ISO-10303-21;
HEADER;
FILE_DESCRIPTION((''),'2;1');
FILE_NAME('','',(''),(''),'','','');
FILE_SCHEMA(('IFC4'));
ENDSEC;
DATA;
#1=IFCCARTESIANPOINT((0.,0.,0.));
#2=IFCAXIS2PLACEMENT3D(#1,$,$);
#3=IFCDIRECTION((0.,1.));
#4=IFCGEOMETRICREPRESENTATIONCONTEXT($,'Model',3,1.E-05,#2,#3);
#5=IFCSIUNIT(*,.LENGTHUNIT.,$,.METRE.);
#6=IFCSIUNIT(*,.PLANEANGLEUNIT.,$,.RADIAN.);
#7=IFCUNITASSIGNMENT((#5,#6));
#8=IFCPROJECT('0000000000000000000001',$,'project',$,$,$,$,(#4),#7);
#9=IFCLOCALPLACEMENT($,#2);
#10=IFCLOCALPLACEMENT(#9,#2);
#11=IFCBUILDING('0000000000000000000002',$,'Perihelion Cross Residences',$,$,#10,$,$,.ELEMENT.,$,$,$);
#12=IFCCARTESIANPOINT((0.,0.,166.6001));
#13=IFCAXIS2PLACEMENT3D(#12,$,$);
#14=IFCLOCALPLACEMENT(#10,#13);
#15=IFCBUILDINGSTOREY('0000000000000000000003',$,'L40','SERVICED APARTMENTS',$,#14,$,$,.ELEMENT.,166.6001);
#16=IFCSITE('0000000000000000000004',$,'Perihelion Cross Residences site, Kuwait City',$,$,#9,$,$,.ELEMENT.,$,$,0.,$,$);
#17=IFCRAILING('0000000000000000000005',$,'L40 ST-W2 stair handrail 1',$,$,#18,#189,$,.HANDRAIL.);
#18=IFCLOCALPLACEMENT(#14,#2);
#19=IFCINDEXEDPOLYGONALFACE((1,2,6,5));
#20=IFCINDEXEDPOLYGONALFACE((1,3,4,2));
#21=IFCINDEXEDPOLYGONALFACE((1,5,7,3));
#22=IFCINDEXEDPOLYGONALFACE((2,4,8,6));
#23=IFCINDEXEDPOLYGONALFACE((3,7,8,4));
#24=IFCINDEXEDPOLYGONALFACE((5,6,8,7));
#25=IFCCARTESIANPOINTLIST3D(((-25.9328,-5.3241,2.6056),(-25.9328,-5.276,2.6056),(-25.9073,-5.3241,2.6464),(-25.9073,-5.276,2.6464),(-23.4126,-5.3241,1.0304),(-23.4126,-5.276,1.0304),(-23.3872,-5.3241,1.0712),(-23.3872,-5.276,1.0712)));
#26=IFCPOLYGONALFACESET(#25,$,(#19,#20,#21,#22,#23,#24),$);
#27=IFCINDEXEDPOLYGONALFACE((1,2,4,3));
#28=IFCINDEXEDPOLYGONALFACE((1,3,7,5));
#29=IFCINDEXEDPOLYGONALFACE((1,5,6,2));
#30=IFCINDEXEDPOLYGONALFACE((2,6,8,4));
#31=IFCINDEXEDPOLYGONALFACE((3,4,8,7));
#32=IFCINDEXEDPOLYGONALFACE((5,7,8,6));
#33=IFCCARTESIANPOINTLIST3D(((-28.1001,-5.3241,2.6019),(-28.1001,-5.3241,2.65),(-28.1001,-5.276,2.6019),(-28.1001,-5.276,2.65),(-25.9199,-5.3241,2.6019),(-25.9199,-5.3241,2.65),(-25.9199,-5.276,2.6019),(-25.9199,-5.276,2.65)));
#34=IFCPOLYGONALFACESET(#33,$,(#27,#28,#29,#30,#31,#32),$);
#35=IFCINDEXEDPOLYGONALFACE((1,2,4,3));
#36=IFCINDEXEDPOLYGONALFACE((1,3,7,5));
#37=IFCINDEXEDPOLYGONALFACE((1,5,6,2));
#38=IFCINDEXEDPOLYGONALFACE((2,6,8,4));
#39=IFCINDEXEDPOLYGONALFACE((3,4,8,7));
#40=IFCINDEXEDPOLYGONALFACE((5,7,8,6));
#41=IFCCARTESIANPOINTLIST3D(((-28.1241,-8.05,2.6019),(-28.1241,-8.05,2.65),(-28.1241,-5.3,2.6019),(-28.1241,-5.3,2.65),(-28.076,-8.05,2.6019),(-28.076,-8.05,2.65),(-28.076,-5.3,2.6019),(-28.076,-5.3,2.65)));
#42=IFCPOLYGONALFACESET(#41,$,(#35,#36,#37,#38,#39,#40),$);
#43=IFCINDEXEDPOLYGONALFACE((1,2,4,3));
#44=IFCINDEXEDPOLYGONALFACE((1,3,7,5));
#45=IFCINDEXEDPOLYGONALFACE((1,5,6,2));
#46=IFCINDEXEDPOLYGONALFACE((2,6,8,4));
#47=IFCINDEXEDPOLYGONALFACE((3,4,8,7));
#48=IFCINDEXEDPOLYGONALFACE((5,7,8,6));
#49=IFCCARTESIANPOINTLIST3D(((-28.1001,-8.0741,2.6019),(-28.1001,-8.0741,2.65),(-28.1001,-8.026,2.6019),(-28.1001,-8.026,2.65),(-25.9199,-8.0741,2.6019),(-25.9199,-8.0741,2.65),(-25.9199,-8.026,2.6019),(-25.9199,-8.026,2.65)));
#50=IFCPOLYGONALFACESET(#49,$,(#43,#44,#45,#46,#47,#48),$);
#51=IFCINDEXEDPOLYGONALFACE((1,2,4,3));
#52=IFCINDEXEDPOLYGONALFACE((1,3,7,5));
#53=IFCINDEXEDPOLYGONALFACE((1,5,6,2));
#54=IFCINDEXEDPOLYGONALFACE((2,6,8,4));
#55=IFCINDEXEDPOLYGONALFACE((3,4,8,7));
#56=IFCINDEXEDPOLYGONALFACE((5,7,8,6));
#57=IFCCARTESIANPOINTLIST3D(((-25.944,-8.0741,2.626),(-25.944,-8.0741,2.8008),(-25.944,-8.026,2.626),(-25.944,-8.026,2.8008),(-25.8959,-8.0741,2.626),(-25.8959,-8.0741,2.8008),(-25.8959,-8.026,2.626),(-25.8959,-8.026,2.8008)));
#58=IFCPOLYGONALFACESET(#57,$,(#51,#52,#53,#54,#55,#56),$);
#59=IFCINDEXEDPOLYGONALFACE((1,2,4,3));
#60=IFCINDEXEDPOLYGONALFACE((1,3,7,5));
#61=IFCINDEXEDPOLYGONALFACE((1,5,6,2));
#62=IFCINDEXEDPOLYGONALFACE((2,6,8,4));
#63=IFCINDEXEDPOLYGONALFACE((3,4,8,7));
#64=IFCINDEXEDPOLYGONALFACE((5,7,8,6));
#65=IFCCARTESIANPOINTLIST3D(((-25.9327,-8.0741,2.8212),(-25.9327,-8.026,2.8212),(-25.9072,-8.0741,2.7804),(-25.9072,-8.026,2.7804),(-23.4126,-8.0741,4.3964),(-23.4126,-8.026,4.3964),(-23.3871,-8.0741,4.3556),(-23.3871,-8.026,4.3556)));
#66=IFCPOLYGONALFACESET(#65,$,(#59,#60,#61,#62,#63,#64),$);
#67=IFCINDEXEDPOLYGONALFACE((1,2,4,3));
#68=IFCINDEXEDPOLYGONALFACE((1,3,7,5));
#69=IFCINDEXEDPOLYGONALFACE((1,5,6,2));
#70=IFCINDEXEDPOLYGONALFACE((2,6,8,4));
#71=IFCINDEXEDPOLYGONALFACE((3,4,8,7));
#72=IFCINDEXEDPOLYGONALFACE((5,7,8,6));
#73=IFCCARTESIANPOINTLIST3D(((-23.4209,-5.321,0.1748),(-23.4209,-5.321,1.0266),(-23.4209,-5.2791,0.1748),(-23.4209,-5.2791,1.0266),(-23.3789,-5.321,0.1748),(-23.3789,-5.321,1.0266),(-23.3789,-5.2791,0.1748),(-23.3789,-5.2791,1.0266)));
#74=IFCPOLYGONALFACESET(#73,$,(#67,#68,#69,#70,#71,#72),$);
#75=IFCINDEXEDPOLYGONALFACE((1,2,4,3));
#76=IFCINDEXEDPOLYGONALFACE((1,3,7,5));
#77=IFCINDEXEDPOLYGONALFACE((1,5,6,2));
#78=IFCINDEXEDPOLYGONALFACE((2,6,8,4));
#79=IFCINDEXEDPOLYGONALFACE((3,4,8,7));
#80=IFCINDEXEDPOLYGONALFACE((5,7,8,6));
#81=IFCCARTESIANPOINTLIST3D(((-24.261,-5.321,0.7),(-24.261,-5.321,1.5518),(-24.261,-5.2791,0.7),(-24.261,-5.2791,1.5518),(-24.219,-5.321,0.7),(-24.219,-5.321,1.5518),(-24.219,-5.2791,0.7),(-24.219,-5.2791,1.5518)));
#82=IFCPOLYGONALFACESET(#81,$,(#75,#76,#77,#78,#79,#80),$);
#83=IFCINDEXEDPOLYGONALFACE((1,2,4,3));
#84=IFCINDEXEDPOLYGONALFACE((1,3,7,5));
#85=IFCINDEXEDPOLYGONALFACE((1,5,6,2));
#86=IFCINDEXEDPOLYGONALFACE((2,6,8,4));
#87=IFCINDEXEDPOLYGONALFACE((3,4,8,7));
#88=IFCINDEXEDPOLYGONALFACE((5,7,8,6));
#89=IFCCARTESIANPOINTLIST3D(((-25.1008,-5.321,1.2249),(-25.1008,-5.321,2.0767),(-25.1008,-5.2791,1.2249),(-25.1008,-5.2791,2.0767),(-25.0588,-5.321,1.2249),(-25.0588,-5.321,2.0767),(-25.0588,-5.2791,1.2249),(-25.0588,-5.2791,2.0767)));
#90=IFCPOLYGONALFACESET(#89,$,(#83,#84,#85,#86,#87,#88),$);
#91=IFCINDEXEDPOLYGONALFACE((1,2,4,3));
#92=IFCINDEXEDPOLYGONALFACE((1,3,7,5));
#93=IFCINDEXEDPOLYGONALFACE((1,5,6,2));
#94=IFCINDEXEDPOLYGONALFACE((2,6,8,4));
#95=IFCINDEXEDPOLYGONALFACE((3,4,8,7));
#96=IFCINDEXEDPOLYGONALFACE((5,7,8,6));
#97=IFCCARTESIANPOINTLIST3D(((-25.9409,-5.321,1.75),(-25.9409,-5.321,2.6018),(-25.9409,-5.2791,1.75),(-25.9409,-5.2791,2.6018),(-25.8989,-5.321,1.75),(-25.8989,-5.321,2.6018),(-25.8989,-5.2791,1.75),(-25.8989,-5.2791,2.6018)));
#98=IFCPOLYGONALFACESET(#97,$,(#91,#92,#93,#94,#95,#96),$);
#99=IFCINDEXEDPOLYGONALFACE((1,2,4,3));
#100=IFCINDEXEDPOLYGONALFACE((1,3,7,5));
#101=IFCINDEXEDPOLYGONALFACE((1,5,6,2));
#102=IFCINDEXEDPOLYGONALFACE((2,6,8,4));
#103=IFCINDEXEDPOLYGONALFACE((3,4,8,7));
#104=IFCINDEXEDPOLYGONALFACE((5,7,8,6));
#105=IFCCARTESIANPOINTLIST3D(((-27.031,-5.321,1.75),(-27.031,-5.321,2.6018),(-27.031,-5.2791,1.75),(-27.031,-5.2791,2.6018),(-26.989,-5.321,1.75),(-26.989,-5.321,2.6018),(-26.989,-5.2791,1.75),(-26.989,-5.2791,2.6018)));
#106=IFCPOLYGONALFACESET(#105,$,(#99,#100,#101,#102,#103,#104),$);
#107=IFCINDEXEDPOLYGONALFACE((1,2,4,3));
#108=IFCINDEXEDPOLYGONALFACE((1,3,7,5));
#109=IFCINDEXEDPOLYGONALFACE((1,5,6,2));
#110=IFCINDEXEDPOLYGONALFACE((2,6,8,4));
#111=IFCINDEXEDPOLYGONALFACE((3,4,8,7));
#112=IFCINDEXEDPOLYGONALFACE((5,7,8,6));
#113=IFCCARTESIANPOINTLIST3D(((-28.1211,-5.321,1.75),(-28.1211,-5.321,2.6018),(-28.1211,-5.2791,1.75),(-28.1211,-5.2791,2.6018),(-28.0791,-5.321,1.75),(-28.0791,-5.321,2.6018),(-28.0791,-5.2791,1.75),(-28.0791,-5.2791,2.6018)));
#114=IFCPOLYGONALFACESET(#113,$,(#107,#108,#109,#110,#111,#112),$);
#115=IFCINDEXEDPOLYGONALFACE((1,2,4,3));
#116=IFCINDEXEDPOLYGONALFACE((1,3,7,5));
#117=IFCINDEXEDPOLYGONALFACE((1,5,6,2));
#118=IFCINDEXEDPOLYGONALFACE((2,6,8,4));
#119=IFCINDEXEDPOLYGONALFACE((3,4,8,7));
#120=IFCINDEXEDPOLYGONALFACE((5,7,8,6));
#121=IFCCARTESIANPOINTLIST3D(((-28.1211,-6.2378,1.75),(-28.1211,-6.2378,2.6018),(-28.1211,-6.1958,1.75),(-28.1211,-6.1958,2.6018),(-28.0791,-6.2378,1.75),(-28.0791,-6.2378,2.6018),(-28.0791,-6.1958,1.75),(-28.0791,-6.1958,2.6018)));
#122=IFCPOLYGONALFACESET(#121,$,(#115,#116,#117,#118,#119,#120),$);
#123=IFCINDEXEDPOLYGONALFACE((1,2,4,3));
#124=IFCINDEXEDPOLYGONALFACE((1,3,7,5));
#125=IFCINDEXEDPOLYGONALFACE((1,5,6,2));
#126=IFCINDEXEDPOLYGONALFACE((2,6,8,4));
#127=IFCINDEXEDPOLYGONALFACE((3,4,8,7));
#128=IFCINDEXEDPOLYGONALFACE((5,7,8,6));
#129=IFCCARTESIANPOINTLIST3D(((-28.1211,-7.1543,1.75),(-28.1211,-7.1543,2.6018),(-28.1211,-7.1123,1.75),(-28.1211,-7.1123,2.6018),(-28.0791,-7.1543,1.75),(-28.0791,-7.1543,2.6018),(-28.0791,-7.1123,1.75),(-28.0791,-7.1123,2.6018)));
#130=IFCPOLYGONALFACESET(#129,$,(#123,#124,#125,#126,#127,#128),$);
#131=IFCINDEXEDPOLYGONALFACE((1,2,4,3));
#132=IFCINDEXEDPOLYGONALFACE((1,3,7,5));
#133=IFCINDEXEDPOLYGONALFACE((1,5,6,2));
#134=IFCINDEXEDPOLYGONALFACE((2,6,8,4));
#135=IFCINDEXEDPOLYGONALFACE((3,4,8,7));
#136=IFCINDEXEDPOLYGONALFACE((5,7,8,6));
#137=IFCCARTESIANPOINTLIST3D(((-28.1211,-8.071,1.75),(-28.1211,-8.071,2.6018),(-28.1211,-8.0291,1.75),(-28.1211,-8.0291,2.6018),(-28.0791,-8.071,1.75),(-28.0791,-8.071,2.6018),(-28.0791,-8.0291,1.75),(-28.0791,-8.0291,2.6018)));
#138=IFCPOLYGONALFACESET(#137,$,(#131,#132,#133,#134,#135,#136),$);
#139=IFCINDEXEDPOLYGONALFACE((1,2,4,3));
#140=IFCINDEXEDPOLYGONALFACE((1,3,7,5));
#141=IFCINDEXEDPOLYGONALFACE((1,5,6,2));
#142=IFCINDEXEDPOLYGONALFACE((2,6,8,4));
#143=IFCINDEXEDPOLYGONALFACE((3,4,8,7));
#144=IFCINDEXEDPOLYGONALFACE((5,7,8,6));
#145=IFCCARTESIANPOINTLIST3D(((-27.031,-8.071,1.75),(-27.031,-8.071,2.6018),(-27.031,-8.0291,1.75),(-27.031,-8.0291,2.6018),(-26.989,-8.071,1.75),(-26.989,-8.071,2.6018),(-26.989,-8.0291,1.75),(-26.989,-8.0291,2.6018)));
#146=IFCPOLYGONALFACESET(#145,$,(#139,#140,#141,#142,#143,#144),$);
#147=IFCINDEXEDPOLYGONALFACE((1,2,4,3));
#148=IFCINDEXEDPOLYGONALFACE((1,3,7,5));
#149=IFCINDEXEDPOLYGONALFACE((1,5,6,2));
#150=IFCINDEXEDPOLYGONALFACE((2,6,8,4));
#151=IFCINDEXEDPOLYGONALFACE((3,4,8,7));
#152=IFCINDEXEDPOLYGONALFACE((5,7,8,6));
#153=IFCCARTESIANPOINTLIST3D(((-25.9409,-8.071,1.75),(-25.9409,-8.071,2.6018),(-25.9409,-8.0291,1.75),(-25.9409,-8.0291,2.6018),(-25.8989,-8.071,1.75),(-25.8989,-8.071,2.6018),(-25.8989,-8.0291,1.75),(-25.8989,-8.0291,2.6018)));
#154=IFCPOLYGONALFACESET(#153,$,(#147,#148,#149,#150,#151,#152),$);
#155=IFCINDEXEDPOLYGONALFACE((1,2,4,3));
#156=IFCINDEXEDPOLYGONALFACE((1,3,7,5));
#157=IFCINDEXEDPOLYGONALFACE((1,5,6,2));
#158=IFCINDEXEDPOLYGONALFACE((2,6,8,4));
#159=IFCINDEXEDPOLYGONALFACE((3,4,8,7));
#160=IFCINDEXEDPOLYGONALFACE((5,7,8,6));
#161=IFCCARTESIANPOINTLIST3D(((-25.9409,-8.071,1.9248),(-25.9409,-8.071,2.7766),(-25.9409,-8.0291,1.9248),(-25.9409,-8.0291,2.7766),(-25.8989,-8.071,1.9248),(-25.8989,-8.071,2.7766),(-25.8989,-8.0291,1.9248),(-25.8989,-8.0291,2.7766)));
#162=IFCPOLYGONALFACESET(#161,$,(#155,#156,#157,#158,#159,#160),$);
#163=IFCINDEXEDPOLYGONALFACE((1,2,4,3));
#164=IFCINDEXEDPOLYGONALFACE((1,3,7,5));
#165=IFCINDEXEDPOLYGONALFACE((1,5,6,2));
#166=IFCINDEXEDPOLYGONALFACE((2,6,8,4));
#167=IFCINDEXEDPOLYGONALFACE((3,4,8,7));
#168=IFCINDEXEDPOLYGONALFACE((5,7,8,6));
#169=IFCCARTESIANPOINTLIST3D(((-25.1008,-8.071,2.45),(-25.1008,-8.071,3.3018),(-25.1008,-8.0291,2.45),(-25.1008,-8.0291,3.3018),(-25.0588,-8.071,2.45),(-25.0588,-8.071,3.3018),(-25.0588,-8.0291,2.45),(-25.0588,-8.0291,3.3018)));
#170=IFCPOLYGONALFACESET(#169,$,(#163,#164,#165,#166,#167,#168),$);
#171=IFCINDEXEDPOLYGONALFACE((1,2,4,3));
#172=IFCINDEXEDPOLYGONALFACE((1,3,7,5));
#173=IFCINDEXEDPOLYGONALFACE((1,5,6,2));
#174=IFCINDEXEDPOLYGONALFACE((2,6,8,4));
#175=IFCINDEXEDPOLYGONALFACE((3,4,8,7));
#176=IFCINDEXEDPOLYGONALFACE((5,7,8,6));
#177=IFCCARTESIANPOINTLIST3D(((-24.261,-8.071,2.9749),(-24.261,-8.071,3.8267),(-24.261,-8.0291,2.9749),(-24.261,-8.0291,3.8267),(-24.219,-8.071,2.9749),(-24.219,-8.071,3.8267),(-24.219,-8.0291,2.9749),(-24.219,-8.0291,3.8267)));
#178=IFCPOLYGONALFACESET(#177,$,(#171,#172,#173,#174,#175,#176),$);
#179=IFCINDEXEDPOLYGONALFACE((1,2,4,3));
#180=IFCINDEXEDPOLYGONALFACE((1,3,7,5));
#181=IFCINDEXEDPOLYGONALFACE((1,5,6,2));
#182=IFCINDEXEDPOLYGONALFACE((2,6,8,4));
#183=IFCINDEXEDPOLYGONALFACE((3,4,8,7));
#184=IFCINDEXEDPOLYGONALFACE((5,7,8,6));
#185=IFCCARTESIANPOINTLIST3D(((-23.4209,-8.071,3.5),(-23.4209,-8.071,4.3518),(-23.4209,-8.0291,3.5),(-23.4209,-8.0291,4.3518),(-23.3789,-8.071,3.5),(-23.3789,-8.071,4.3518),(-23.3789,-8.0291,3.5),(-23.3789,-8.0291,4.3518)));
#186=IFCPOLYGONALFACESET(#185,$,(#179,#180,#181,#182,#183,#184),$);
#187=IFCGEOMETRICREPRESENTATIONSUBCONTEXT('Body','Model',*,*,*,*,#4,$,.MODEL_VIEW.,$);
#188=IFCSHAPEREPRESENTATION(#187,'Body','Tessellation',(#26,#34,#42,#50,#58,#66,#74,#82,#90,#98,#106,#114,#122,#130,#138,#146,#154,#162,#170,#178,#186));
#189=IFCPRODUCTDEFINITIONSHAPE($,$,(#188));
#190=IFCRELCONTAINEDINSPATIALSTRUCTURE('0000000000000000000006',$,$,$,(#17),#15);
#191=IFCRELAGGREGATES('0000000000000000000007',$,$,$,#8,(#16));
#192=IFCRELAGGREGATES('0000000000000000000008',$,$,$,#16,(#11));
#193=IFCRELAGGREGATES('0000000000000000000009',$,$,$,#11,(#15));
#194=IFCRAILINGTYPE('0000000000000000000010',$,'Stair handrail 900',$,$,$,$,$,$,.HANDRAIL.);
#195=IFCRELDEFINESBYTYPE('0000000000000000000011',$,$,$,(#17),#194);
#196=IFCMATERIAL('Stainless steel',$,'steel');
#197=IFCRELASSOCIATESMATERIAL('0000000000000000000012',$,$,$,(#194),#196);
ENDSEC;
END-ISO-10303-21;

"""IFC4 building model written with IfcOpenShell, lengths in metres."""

from ifc_helpers import new_model, si_unit, direction, frame, origin, origin_2d, place, context, subcontext, project, spatial, rectangle, extrude, material, type_object, element, save


model = new_model("IFC4")

# Units and contexts
model_context = context("Model", 3, precision=1e-05, world=origin(), true_north=direction((0.0, 1.0)))
body_context = subcontext(model_context, "Body", "Model", "MODEL_VIEW")
ifc_project = project(units=[si_unit("LENGTHUNIT", "METRE"), si_unit("PLANEANGLEUNIT", "RADIAN")], contexts=[model_context])

# Site, building, storey
site_placement = place(None, origin())
site = spatial("IfcSite", under=ifc_project, at=site_placement, Name="Perihelion Cross Residences site, Kuwait City", CompositionType="ELEMENT", RefElevation=0.0)
building_placement = place(site_placement, origin())
building = spatial("IfcBuilding", under=site, at=building_placement, Name="Perihelion Cross Residences", CompositionType="ELEMENT")
storey_placement = place(building_placement, frame((0.0, 0.0, 166.6001)))
storey = spatial("IfcBuildingStorey", under=building, at=storey_placement, Name="L40", Description="SERVICED APARTMENTS", CompositionType="ELEMENT", Elevation=166.6001)

# Railing
ifc_material_1 = material(Name="Stainless steel", Category="steel")
railing_type_1 = type_object("IfcRailingType", Name="Stair handrail 900", PredefinedType="HANDRAIL", material=ifc_material_1)
railing_1_placement = place(storey_placement, frame((-23.3999, -5.3, 0.1748)))
element("IfcRailing", 1, at=railing_1_placement, inside=storey, type_object=railing_type_1, Name="L40 ST-W2 stair handrail 1", PredefinedType="HANDRAIL", context=body_context, shape_type="SweptSolid", body=[
    extrude(rectangle(XDim=0.0481, YDim=0.0481, at=origin_2d()), frame((0.0, 0.0, 0.876), z_axis=(-0.847971, 0.0, 0.530043), x_axis=(0.0, -1.0, 0.0)), (0.0, 0.0, 1.0), 2.9719),
    extrude(rectangle(XDim=0.0481, YDim=0.0481, at=origin_2d()), frame((-2.52, 0.0, 2.4512), z_axis=(-1.0, 0.0, 0.0), x_axis=(0.0, -1.0, 0.0)), (0.0, 0.0, 1.0), 2.1802),
    extrude(rectangle(XDim=0.0481, YDim=0.0481, at=origin_2d()), frame((-4.7002, 0.0, 2.4512), z_axis=(0.0, -1.0, 0.0), x_axis=(1.0, 0.0, 0.0)), (0.0, 0.0, 1.0), 2.75),
    extrude(rectangle(XDim=0.0481, YDim=0.0481, at=origin_2d()), frame((-4.7002, -2.75, 2.4512), z_axis=(1.0, 0.0, 0.0), x_axis=(0.0, 1.0, 0.0)), (0.0, 0.0, 1.0), 2.1802),
    extrude(rectangle(XDim=0.0481, YDim=0.0481, at=origin_2d()), frame((-2.52, -2.75, 2.4512), z_axis=(0.0, 0.0, 1.0), x_axis=(1.0, 0.0, 0.0)), (0.0, 0.0, 1.0), 0.1748),
    extrude(rectangle(XDim=0.0481, YDim=0.0481, at=origin_2d()), frame((-2.52, -2.75, 2.626), z_axis=(0.847971, 0.0, 0.530043), x_axis=(0.0, 1.0, 0.0)), (0.0, 0.0, 1.0), 2.9719),
    extrude(rectangle(XDim=0.042, YDim=0.042, at=origin_2d()), origin(), (0.0, 0.0, 1.0), 0.8518),
    extrude(rectangle(XDim=0.042, YDim=0.042, at=origin_2d()), frame((-0.8401, 0.0, 0.5251)), (0.0, 0.0, 1.0), 0.8518),
    extrude(rectangle(XDim=0.042, YDim=0.042, at=origin_2d()), frame((-1.6799, 0.0, 1.05)), (0.0, 0.0, 1.0), 0.8518),
    extrude(rectangle(XDim=0.042, YDim=0.042, at=origin_2d()), frame((-2.52, 0.0, 1.5752)), (0.0, 0.0, 1.0), 0.8518),
    extrude(rectangle(XDim=0.042, YDim=0.042, at=origin_2d()), frame((-3.6101, 0.0, 1.5752)), (0.0, 0.0, 1.0), 0.8518),
    extrude(rectangle(XDim=0.042, YDim=0.042, at=origin_2d()), frame((-4.7002, 0.0, 1.5752)), (0.0, 0.0, 1.0), 0.8518),
    extrude(rectangle(XDim=0.042, YDim=0.042, at=origin_2d()), frame((-4.7002, -0.9167, 1.5752)), (0.0, 0.0, 1.0), 0.8518),
    extrude(rectangle(XDim=0.042, YDim=0.042, at=origin_2d()), frame((-4.7002, -1.8333, 1.5752)), (0.0, 0.0, 1.0), 0.8518),
    extrude(rectangle(XDim=0.042, YDim=0.042, at=origin_2d()), frame((-4.7002, -2.75, 1.5752)), (0.0, 0.0, 1.0), 0.8518),
    extrude(rectangle(XDim=0.042, YDim=0.042, at=origin_2d()), frame((-3.6101, -2.75, 1.5752)), (0.0, 0.0, 1.0), 0.8518),
    extrude(rectangle(XDim=0.042, YDim=0.042, at=origin_2d()), frame((-2.52, -2.75, 1.5752)), (0.0, 0.0, 1.0), 0.8518),
    extrude(rectangle(XDim=0.042, YDim=0.042, at=origin_2d()), frame((-2.52, -2.75, 1.75)), (0.0, 0.0, 1.0), 0.8518),
    extrude(rectangle(XDim=0.042, YDim=0.042, at=origin_2d()), frame((-1.6799, -2.75, 2.2751)), (0.0, 0.0, 1.0), 0.8518),
    extrude(rectangle(XDim=0.042, YDim=0.042, at=origin_2d()), frame((-0.8401, -2.75, 2.8)), (0.0, 0.0, 1.0), 0.8518),
    extrude(rectangle(XDim=0.042, YDim=0.042, at=origin_2d()), frame((0.0, -2.75, 3.3252)), (0.0, 0.0, 1.0), 0.8518),
])

save(model, "model.ifc")
